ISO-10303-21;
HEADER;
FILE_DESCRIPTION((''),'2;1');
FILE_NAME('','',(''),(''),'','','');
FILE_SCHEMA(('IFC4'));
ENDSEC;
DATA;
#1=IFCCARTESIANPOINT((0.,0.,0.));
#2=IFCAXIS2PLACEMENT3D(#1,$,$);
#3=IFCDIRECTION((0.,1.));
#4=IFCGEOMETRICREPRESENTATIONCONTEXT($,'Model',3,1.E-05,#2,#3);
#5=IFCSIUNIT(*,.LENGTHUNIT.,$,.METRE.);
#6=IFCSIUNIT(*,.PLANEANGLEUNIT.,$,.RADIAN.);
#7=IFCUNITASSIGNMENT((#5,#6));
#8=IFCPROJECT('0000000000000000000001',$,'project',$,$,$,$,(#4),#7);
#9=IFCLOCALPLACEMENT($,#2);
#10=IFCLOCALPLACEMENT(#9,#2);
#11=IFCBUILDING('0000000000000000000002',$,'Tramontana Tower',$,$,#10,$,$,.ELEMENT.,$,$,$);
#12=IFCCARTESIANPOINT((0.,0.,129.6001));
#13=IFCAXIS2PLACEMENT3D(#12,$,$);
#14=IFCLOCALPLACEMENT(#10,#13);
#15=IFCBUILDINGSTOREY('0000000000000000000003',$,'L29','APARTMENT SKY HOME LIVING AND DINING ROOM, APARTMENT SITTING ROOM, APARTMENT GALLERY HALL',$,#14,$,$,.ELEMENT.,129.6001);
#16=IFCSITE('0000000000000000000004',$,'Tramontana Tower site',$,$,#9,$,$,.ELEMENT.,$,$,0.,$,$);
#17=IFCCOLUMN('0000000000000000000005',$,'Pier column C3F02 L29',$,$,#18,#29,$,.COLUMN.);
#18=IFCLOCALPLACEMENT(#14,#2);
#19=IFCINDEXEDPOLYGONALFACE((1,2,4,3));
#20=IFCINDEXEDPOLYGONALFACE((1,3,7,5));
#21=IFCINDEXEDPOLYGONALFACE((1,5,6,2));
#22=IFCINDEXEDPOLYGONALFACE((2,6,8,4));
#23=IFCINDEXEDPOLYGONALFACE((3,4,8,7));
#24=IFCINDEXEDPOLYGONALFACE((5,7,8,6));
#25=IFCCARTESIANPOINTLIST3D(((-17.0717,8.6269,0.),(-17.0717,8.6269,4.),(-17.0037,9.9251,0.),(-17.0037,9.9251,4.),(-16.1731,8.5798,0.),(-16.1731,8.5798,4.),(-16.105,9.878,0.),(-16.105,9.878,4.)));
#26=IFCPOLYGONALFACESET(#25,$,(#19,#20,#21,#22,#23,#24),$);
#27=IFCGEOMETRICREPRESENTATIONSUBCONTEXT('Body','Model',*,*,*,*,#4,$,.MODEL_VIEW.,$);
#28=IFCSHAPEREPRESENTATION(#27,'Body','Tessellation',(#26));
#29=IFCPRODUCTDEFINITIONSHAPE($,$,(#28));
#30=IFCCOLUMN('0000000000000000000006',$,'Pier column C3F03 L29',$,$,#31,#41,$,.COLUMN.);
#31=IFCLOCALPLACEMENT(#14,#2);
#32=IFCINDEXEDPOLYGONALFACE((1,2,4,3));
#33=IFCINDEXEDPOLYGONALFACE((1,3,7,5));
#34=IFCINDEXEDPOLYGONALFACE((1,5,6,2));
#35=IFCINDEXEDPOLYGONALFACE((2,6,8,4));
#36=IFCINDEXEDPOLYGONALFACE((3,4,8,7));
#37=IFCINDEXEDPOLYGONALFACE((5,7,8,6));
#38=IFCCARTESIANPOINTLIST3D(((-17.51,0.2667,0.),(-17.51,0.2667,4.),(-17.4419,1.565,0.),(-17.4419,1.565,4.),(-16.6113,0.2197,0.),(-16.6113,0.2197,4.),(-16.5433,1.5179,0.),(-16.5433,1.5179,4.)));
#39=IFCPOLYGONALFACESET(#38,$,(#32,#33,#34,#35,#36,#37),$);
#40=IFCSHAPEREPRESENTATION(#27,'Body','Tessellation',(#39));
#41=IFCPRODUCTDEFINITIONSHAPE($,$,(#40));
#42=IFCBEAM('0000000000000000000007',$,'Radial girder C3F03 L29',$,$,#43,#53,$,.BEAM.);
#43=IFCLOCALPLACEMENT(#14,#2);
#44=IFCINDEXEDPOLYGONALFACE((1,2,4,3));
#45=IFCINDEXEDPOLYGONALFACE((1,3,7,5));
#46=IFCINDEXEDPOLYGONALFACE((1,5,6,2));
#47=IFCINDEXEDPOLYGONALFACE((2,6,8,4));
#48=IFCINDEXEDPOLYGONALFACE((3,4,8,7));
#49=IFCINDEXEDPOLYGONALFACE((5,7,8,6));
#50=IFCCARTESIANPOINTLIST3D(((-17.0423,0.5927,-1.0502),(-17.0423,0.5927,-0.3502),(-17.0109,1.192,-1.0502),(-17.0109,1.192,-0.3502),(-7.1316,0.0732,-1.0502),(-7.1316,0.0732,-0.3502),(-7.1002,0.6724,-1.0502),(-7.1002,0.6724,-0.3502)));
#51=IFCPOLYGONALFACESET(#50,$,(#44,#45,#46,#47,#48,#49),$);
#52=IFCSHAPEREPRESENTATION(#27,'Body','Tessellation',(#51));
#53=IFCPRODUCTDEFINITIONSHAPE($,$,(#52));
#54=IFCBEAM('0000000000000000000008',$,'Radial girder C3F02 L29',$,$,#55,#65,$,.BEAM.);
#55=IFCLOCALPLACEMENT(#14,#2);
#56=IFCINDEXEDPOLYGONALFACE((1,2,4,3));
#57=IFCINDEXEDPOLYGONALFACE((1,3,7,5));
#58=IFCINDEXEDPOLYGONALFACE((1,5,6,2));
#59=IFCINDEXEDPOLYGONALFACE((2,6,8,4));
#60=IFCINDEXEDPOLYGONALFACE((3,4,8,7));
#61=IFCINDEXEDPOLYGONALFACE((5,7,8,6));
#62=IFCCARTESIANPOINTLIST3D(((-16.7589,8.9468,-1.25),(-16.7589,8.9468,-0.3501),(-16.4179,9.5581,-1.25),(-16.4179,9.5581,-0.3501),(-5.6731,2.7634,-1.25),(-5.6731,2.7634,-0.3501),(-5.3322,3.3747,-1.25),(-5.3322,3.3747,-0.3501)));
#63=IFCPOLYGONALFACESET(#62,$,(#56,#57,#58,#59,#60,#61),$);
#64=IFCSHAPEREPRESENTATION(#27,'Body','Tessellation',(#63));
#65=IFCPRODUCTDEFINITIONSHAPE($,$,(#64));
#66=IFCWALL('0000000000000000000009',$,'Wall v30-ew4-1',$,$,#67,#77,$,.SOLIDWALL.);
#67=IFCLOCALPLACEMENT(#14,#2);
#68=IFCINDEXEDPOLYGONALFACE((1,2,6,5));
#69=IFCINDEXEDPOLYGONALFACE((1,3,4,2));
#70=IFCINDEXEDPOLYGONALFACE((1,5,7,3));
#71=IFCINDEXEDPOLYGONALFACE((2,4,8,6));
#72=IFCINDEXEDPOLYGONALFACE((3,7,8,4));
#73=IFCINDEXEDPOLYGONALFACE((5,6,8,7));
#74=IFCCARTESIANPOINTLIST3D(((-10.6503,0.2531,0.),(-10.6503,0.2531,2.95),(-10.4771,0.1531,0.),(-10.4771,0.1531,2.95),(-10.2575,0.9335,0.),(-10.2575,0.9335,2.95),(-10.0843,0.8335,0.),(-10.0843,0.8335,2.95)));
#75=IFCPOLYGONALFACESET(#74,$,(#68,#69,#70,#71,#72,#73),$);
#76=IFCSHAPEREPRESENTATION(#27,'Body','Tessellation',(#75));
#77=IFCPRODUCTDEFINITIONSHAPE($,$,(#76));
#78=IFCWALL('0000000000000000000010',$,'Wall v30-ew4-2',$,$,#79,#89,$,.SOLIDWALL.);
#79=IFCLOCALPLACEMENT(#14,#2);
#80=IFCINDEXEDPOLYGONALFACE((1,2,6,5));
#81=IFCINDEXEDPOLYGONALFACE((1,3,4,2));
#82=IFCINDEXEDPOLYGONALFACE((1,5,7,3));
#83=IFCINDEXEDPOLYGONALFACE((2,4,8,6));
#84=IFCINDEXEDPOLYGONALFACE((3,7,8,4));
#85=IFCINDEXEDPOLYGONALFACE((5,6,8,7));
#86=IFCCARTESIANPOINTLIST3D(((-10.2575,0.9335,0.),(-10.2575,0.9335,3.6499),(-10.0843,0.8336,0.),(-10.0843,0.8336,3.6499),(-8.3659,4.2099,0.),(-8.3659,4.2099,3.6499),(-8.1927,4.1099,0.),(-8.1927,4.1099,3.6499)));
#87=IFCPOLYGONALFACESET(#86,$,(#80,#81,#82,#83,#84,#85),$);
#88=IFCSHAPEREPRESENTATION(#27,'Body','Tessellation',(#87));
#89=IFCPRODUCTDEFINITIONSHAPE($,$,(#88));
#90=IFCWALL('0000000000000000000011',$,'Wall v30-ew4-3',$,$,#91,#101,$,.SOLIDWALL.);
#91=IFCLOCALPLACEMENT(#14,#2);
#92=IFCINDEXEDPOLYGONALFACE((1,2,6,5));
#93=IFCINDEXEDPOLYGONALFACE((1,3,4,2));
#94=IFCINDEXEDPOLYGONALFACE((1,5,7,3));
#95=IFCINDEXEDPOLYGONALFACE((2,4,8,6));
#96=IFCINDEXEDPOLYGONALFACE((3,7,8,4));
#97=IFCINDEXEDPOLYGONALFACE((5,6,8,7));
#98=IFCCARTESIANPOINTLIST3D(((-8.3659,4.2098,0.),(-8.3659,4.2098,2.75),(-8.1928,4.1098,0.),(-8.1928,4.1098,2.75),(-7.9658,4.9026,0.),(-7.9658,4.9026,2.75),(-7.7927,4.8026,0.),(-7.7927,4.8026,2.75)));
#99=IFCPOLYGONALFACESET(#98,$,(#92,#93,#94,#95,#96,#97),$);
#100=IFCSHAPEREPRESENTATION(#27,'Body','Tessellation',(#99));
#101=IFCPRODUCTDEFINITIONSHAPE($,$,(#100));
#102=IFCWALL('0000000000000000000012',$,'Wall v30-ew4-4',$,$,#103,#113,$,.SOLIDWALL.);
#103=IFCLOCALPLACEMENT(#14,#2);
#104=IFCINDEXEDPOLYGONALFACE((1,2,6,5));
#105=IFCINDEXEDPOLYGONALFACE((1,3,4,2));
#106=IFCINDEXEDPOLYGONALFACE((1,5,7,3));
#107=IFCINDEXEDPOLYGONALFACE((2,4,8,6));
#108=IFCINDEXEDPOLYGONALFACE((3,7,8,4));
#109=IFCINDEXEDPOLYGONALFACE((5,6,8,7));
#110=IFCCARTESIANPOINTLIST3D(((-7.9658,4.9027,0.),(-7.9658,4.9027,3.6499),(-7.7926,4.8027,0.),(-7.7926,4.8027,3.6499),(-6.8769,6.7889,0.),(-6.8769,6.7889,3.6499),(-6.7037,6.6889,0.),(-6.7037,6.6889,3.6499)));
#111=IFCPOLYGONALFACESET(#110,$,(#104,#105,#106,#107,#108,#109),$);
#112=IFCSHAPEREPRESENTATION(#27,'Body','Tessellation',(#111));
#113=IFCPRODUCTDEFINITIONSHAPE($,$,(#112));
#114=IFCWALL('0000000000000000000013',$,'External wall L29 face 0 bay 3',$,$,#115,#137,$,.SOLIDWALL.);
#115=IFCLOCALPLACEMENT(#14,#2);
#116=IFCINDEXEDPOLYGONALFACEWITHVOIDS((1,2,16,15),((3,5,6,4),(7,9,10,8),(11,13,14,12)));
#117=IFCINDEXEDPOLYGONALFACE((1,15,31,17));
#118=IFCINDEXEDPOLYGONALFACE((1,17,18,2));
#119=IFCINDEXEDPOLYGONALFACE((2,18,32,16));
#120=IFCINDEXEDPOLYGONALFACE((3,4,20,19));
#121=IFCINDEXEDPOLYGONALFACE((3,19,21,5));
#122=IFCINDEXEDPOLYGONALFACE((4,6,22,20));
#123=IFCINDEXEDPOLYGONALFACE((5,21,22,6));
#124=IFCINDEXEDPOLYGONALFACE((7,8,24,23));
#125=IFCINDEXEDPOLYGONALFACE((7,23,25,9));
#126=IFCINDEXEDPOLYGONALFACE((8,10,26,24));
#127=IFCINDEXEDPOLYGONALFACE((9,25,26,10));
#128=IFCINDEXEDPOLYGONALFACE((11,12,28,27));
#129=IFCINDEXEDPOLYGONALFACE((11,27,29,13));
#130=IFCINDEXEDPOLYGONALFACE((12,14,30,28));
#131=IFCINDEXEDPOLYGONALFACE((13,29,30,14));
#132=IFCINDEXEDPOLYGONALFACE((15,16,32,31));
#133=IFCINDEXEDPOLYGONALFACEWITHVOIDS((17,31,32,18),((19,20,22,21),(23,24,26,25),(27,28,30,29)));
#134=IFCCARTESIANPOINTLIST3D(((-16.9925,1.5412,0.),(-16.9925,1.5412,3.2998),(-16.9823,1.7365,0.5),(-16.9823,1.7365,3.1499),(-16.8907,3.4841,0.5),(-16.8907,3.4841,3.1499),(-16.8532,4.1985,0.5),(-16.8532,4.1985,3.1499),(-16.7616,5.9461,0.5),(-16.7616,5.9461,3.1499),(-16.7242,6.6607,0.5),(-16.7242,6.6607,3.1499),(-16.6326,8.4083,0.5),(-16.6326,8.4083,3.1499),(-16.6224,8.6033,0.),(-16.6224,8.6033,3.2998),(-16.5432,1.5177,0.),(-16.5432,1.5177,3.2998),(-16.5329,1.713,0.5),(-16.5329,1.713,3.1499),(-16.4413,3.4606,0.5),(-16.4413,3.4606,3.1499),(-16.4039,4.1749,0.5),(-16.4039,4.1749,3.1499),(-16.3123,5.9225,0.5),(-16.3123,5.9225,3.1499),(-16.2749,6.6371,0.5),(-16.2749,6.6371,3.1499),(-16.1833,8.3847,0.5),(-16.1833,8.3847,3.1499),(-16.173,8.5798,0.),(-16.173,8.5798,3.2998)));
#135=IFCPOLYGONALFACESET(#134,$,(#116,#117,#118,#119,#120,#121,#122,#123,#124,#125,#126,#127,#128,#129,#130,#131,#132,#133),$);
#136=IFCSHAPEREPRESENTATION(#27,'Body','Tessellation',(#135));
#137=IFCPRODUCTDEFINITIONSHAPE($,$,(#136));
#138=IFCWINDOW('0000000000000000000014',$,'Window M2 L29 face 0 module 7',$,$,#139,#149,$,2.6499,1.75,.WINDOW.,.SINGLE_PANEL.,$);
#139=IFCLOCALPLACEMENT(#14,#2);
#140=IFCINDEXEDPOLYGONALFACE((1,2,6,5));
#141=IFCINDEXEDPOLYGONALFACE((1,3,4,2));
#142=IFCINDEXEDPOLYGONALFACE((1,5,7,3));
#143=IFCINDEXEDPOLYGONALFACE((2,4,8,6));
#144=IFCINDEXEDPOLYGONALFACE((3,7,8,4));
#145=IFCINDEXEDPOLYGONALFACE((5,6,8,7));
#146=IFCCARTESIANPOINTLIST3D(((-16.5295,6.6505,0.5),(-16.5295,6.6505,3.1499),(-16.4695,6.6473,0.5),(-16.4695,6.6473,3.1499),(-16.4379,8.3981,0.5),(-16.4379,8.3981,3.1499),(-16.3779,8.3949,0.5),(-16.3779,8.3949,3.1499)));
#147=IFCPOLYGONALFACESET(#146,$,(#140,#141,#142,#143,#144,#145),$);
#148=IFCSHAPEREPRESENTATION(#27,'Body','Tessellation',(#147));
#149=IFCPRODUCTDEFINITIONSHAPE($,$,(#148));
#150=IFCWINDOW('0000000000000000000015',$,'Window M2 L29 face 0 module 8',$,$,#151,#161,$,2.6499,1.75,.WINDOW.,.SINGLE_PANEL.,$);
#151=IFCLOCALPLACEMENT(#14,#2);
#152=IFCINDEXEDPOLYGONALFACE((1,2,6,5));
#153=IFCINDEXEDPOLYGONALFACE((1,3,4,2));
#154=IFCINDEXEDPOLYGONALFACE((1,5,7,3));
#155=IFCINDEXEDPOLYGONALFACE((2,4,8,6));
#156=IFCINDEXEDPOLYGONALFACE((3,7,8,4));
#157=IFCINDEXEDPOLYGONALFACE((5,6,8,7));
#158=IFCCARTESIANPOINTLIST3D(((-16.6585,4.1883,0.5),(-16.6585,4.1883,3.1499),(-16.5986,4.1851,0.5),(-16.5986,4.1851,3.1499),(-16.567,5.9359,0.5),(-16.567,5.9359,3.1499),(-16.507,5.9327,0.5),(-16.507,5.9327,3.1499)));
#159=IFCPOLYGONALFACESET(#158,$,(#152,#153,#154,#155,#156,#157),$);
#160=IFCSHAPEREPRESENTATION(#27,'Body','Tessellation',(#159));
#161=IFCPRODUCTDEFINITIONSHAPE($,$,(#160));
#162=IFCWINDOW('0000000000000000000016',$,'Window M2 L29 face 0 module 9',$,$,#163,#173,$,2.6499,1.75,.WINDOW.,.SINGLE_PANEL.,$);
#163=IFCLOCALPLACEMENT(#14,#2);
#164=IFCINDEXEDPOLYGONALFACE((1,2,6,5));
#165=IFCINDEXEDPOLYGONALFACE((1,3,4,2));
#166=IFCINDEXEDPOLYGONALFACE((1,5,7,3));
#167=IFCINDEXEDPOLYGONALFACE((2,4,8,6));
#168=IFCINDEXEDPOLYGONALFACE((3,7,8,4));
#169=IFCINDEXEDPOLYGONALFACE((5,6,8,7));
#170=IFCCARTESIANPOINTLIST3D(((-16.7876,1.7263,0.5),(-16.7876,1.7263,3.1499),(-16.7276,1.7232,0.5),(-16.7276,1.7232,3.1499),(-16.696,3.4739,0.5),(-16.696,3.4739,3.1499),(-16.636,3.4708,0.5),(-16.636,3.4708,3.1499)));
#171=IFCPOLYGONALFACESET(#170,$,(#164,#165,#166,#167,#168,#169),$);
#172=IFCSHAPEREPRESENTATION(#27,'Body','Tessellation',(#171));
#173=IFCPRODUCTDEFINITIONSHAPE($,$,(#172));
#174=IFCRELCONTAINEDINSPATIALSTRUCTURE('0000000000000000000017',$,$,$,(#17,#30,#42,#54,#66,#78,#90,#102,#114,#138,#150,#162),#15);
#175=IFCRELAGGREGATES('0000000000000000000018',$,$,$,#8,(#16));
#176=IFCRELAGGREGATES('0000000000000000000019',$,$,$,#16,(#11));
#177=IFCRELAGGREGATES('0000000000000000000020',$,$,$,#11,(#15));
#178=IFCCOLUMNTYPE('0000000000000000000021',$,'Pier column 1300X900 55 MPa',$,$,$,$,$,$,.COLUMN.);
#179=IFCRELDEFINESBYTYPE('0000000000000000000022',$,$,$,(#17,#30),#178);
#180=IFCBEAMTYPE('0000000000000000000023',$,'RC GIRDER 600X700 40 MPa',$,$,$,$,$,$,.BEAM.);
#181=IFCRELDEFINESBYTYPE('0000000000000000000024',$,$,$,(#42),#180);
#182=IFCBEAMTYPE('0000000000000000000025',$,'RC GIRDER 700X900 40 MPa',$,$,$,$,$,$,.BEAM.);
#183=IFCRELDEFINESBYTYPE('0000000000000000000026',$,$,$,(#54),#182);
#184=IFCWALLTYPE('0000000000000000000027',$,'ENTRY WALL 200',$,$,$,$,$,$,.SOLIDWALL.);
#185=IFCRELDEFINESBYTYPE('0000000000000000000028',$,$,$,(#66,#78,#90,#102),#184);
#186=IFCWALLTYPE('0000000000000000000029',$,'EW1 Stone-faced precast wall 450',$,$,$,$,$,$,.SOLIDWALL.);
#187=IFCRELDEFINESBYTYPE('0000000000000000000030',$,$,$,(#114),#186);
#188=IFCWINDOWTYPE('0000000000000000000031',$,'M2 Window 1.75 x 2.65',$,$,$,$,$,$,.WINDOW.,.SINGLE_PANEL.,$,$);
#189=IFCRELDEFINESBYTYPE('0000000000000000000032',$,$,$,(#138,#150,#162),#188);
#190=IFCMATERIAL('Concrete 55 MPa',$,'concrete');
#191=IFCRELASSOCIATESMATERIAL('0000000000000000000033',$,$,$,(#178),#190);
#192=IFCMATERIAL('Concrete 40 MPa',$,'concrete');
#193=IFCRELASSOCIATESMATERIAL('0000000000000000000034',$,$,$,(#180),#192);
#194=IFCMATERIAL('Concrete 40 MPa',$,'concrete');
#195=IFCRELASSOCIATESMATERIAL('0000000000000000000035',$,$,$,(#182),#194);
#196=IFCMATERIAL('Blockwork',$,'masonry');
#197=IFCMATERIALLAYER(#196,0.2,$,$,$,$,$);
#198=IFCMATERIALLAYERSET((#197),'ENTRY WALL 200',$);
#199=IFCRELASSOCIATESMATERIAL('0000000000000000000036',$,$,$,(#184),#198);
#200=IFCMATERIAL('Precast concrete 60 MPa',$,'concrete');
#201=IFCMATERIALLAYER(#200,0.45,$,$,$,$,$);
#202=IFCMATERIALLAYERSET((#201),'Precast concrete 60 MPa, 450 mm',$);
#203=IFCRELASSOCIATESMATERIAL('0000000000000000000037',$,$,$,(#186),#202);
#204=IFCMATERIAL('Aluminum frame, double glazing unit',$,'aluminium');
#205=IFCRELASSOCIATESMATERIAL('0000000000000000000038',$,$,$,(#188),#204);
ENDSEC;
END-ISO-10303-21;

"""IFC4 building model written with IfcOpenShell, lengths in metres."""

from ifc_helpers import new_model, si_unit, direction, frame, frame_2d, origin, origin_2d, place, context, subcontext, project, spatial, rectangle, extrude, material, layer, layer_set, material_profile, profile_set, type_object, element, fill, save


model = new_model("IFC4")

# Units and contexts
model_context = context("Model", 3, precision=1e-05, world=origin(), true_north=direction((0.0, 1.0)))
body_context = subcontext(model_context, "Body", "Model", "MODEL_VIEW")
ifc_project = project(units=[si_unit("LENGTHUNIT", "METRE"), si_unit("PLANEANGLEUNIT", "RADIAN")], contexts=[model_context])

# Site, building, storey
site_placement = place(None, origin())
site = spatial("IfcSite", under=ifc_project, at=site_placement, Name="Tramontana Tower site", CompositionType="ELEMENT", RefElevation=0.0)
building_placement = place(site_placement, origin())
building = spatial("IfcBuilding", under=site, at=building_placement, Name="Tramontana Tower", CompositionType="ELEMENT")
storey_placement = place(building_placement, frame((0.0, 0.0, 129.6001)))
storey = spatial("IfcBuildingStorey", under=building, at=storey_placement, Name="L29", Description="APARTMENT SKY HOME LIVING AND DINING ROOM, APARTMENT SITTING ROOM, APARTMENT GALLERY HALL", CompositionType="ELEMENT", Elevation=129.6001)

# Columns
ifc_material_1 = material(Name="Concrete 55 MPa", Category="concrete")
ifc_material_profile_1 = material_profile(ifc_material_1, rectangle(XDim=1.3, YDim=0.8999, at=origin_2d()), Name="Pier column 1300X900 55 MPa")
ifc_profile_set_1 = profile_set([ifc_material_profile_1], Name="Concrete 55 MPa")
column_type = type_object("IfcColumnType", Name="Pier column 1300X900 55 MPa", PredefinedType="COLUMN", material=ifc_profile_set_1)
for number, where, z_axis, x_axis, name in (
    (1, (-16.5884, 9.2524, 0.0), (0.0, 0.0, 1.0), (-0.052336, -0.99863, 0.0), "Pier column C3F02 L29"),
    (2, (-17.0266, 0.8923, 0.0), (0.0, 0.0, 1.0), (-0.052336, -0.99863, 0.0), "Pier column C3F03 L29"),
):
    element("IfcColumn", number, at=place(storey_placement, frame(where, z_axis=z_axis, x_axis=x_axis)), inside=storey, type_object=column_type, Name=name, PredefinedType="COLUMN", context=body_context, shape_type="SweptSolid", body=[
        extrude(rectangle(XDim=1.3, YDim=0.8999, at=origin_2d()), origin(), (0.0, 0.0, 1.0), 4.0),
    ])

# Beams
ifc_material_2 = material(Name="Concrete 40 MPa", Category="concrete")
ifc_material_profile_2 = material_profile(ifc_material_2, rectangle(XDim=0.6001, YDim=0.7, at=origin_2d()), Name="RC GIRDER 600X700 40 MPa")
ifc_profile_set_2 = profile_set([ifc_material_profile_2], Name="Concrete 40 MPa")
beam_type_1 = type_object("IfcBeamType", Name="RC GIRDER 600X700 40 MPa", PredefinedType="BEAM", material=ifc_profile_set_2)
beam_1_placement = place(storey_placement, frame((-17.0266, 0.8923, -0.7002), z_axis=(0.998629, -0.05235, 0.0), x_axis=(0.05235, 0.998629, 0.0)))
element("IfcBeam", 3, at=beam_1_placement, inside=storey, type_object=beam_type_1, Name="Radial girder C3F03 L29", PredefinedType="BEAM", context=body_context, shape_type="SweptSolid", body=[
    extrude(rectangle(XDim=0.6001, YDim=0.7, at=origin_2d()), origin(), (0.0, 0.0, 1.0), 9.9243),
])
ifc_material_3 = material(Name="Concrete 40 MPa", Category="concrete")
ifc_material_profile_3 = material_profile(ifc_material_3, rectangle(XDim=0.7, YDim=0.8999, at=origin_2d()), Name="RC GIRDER 700X900 40 MPa")
ifc_profile_set_3 = profile_set([ifc_material_profile_3], Name="Concrete 40 MPa")
beam_type_2 = type_object("IfcBeamType", Name="RC GIRDER 700X900 40 MPa", PredefinedType="BEAM", material=ifc_profile_set_3)
beam_2_placement = place(storey_placement, frame((-16.5884, 9.2524, -0.8), z_axis=(0.873332, -0.487125, 0.0), x_axis=(0.487125, 0.873332, 0.0)))
element("IfcBeam", 4, at=beam_2_placement, inside=storey, type_object=beam_type_2, Name="Radial girder C3F02 L29", PredefinedType="BEAM", context=body_context, shape_type="SweptSolid", body=[
    extrude(rectangle(XDim=0.7, YDim=0.8999, at=origin_2d()), origin(), (0.0, 0.0, 1.0), 12.6936),
])

# Walls
ifc_material_4 = material(Name="Blockwork", Category="masonry")
ifc_layer_1 = layer(ifc_material_4, 0.2)
ifc_layer_set_1 = layer_set([ifc_layer_1], Name="ENTRY WALL 200")
wall_type_1 = type_object("IfcWallType", Name="ENTRY WALL 200", PredefinedType="SOLIDWALL", material=ifc_layer_set_1)
wall_1_placement = place(storey_placement, frame((-10.5637, 0.2031, 0.0), z_axis=(0.0, 0.0, 1.0), x_axis=(0.499982, 0.866036, 0.0)))
element("IfcWall", 5, at=wall_1_placement, inside=storey, type_object=wall_type_1, Name="Wall v30-ew4-1", PredefinedType="SOLIDWALL", context=body_context, shape_type="SweptSolid", body=[
    extrude(rectangle(XDim=0.7856, YDim=0.2, at=frame_2d((0.3928, 0.0))), origin(), (0.0, 0.0, 1.0), 2.95),
])
wall_2_placement = place(storey_placement, frame((-10.1709, 0.8835, 0.0), z_axis=(0.0, 0.0, 1.0), x_axis=(0.499998, 0.866027, 0.0)))
element("IfcWall", 6, at=wall_2_placement, inside=storey, type_object=wall_type_1, Name="Wall v30-ew4-2", PredefinedType="SOLIDWALL", context=body_context, shape_type="SweptSolid", body=[
    extrude(rectangle(XDim=3.7832, YDim=0.2, at=frame_2d((1.8916, 0.0))), origin(), (0.0, 0.0, 1.0), 3.6499),
])
wall_3_placement = place(storey_placement, frame((-8.2793, 4.1599, 0.0), z_axis=(0.0, 0.0, 1.0), x_axis=(0.50011, 0.865962, 0.0)))
element("IfcWall", 7, at=wall_3_placement, inside=storey, type_object=wall_type_1, Name="Wall v30-ew4-3", PredefinedType="SOLIDWALL", context=body_context, shape_type="SweptSolid", body=[
    extrude(rectangle(XDim=0.8, YDim=0.2, at=frame_2d((0.3999, 0.0))), origin(), (0.0, 0.0, 1.0), 2.75),
])
wall_4_placement = place(storey_placement, frame((-7.8792, 4.8528, 0.0), z_axis=(0.0, 0.0, 1.0), x_axis=(0.499949, 0.866055, 0.0)))
element("IfcWall", 8, at=wall_4_placement, inside=storey, type_object=wall_type_1, Name="Wall v30-ew4-4", PredefinedType="SOLIDWALL", context=body_context, shape_type="SweptSolid", body=[
    extrude(rectangle(XDim=2.178, YDim=0.2, at=frame_2d((1.0889, 0.0))), origin(), (0.0, 0.0, 1.0), 3.6499),
])

# Wall, openings, windows
ifc_material_5 = material(Name="Precast concrete 60 MPa", Category="concrete")
ifc_layer_2 = layer(ifc_material_5, 0.45)
ifc_layer_set_2 = layer_set([ifc_layer_2], Name="Precast concrete 60 MPa, 450 mm")
wall_type_2 = type_object("IfcWallType", Name="EW1 Stone-faced precast wall 450", PredefinedType="SOLIDWALL", material=ifc_layer_set_2)
wall_5_placement = place(storey_placement, frame((-16.3977, 8.5916, 0.0), z_axis=(0.0, 0.0, 1.0), x_axis=(-0.052338, -0.998629, 0.0)))
wall_5 = element("IfcWall", 9, at=wall_5_placement, inside=storey, type_object=wall_type_2, Name="External wall L29 face 0 bay 3", PredefinedType="SOLIDWALL", context=body_context, shape_type="SweptSolid", body=[
    extrude(rectangle(XDim=7.0718, YDim=0.45, at=frame_2d((3.5359, 0.0))), origin(), (0.0, 0.0, 1.0), 3.2998),
])
opening_1_placement = place(wall_5_placement, frame((0.1953, 0.0, 0.5)))
opening_1 = element("IfcOpeningElement", 10, at=opening_1_placement, cuts=wall_5, PredefinedType="OPENING", context=body_context, shape_type="SweptSolid", body=[
    extrude(rectangle(XDim=1.75, YDim=2.6499, at=frame_2d((0.875, 1.325))), frame((0.0, 0.2349, 0.0), z_axis=(0.0, -1.0, 0.0), x_axis=(1.0, 0.0, 0.0)), (0.0, 0.0, 1.0), 0.47),
])
opening_2_placement = place(wall_5_placement, frame((2.6609, 0.0, 0.5)))
opening_2 = element("IfcOpeningElement", 11, at=opening_2_placement, cuts=wall_5, PredefinedType="OPENING", context=body_context, shape_type="SweptSolid", body=[
    extrude(rectangle(XDim=1.75, YDim=2.6499, at=frame_2d((0.875, 1.325))), frame((0.0, 0.2349, 0.0), z_axis=(0.0, -1.0, 0.0), x_axis=(1.0, 0.0, 0.0)), (0.0, 0.0, 1.0), 0.47),
])
opening_3_placement = place(wall_5_placement, frame((5.1262, 0.0, 0.5)))
opening_3 = element("IfcOpeningElement", 12, at=opening_3_placement, cuts=wall_5, PredefinedType="OPENING", context=body_context, shape_type="SweptSolid", body=[
    extrude(rectangle(XDim=1.75, YDim=2.6499, at=frame_2d((0.875, 1.325))), frame((0.0, 0.2349, 0.0), z_axis=(0.0, -1.0, 0.0), x_axis=(1.0, 0.0, 0.0)), (0.0, 0.0, 1.0), 0.47),
])
ifc_material_6 = material(Name="Aluminum frame, double glazing unit", Category="aluminium")
window_type = type_object("IfcWindowType", Name="M2 Window 1.75 x 2.65", PartitioningType="SINGLE_PANEL", PredefinedType="WINDOW", material=ifc_material_6)
window_1_placement = place(opening_1_placement, origin())
window_1 = element("IfcWindow", 13, at=window_1_placement, inside=storey, type_object=window_type, Name="Window M2 L29 face 0 module 7", OverallHeight=2.6499, OverallWidth=1.75, PartitioningType="SINGLE_PANEL", PredefinedType="WINDOW", context=body_context, shape_type="SweptSolid", body=[
    extrude(rectangle(XDim=1.75, YDim=2.6499, at=frame_2d((0.875, 1.325))), frame((0.0, 0.03, 0.0), z_axis=(0.0, -1.0, 0.0), x_axis=(1.0, 0.0, 0.0)), (0.0, 0.0, 1.0), 0.0601),
])
fill(opening_1, window_1)
window_2_placement = place(opening_2_placement, origin())
window_2 = element("IfcWindow", 14, at=window_2_placement, inside=storey, type_object=window_type, Name="Window M2 L29 face 0 module 8", OverallHeight=2.6499, OverallWidth=1.75, PartitioningType="SINGLE_PANEL", PredefinedType="WINDOW", context=body_context, shape_type="SweptSolid", body=[
    extrude(rectangle(XDim=1.75, YDim=2.6499, at=frame_2d((0.875, 1.325))), frame((0.0, 0.03, 0.0), z_axis=(0.0, -1.0, 0.0), x_axis=(1.0, 0.0, 0.0)), (0.0, 0.0, 1.0), 0.0601),
])
fill(opening_2, window_2)
window_3_placement = place(opening_3_placement, origin())
window_3 = element("IfcWindow", 15, at=window_3_placement, inside=storey, type_object=window_type, Name="Window M2 L29 face 0 module 9", OverallHeight=2.6499, OverallWidth=1.75, PartitioningType="SINGLE_PANEL", PredefinedType="WINDOW", context=body_context, shape_type="SweptSolid", body=[
    extrude(rectangle(XDim=1.75, YDim=2.6499, at=frame_2d((0.875, 1.325))), frame((0.0, 0.03, 0.0), z_axis=(0.0, -1.0, 0.0), x_axis=(1.0, 0.0, 0.0)), (0.0, 0.0, 1.0), 0.0601),
])
fill(opening_3, window_3)

save(model, "model.ifc")
